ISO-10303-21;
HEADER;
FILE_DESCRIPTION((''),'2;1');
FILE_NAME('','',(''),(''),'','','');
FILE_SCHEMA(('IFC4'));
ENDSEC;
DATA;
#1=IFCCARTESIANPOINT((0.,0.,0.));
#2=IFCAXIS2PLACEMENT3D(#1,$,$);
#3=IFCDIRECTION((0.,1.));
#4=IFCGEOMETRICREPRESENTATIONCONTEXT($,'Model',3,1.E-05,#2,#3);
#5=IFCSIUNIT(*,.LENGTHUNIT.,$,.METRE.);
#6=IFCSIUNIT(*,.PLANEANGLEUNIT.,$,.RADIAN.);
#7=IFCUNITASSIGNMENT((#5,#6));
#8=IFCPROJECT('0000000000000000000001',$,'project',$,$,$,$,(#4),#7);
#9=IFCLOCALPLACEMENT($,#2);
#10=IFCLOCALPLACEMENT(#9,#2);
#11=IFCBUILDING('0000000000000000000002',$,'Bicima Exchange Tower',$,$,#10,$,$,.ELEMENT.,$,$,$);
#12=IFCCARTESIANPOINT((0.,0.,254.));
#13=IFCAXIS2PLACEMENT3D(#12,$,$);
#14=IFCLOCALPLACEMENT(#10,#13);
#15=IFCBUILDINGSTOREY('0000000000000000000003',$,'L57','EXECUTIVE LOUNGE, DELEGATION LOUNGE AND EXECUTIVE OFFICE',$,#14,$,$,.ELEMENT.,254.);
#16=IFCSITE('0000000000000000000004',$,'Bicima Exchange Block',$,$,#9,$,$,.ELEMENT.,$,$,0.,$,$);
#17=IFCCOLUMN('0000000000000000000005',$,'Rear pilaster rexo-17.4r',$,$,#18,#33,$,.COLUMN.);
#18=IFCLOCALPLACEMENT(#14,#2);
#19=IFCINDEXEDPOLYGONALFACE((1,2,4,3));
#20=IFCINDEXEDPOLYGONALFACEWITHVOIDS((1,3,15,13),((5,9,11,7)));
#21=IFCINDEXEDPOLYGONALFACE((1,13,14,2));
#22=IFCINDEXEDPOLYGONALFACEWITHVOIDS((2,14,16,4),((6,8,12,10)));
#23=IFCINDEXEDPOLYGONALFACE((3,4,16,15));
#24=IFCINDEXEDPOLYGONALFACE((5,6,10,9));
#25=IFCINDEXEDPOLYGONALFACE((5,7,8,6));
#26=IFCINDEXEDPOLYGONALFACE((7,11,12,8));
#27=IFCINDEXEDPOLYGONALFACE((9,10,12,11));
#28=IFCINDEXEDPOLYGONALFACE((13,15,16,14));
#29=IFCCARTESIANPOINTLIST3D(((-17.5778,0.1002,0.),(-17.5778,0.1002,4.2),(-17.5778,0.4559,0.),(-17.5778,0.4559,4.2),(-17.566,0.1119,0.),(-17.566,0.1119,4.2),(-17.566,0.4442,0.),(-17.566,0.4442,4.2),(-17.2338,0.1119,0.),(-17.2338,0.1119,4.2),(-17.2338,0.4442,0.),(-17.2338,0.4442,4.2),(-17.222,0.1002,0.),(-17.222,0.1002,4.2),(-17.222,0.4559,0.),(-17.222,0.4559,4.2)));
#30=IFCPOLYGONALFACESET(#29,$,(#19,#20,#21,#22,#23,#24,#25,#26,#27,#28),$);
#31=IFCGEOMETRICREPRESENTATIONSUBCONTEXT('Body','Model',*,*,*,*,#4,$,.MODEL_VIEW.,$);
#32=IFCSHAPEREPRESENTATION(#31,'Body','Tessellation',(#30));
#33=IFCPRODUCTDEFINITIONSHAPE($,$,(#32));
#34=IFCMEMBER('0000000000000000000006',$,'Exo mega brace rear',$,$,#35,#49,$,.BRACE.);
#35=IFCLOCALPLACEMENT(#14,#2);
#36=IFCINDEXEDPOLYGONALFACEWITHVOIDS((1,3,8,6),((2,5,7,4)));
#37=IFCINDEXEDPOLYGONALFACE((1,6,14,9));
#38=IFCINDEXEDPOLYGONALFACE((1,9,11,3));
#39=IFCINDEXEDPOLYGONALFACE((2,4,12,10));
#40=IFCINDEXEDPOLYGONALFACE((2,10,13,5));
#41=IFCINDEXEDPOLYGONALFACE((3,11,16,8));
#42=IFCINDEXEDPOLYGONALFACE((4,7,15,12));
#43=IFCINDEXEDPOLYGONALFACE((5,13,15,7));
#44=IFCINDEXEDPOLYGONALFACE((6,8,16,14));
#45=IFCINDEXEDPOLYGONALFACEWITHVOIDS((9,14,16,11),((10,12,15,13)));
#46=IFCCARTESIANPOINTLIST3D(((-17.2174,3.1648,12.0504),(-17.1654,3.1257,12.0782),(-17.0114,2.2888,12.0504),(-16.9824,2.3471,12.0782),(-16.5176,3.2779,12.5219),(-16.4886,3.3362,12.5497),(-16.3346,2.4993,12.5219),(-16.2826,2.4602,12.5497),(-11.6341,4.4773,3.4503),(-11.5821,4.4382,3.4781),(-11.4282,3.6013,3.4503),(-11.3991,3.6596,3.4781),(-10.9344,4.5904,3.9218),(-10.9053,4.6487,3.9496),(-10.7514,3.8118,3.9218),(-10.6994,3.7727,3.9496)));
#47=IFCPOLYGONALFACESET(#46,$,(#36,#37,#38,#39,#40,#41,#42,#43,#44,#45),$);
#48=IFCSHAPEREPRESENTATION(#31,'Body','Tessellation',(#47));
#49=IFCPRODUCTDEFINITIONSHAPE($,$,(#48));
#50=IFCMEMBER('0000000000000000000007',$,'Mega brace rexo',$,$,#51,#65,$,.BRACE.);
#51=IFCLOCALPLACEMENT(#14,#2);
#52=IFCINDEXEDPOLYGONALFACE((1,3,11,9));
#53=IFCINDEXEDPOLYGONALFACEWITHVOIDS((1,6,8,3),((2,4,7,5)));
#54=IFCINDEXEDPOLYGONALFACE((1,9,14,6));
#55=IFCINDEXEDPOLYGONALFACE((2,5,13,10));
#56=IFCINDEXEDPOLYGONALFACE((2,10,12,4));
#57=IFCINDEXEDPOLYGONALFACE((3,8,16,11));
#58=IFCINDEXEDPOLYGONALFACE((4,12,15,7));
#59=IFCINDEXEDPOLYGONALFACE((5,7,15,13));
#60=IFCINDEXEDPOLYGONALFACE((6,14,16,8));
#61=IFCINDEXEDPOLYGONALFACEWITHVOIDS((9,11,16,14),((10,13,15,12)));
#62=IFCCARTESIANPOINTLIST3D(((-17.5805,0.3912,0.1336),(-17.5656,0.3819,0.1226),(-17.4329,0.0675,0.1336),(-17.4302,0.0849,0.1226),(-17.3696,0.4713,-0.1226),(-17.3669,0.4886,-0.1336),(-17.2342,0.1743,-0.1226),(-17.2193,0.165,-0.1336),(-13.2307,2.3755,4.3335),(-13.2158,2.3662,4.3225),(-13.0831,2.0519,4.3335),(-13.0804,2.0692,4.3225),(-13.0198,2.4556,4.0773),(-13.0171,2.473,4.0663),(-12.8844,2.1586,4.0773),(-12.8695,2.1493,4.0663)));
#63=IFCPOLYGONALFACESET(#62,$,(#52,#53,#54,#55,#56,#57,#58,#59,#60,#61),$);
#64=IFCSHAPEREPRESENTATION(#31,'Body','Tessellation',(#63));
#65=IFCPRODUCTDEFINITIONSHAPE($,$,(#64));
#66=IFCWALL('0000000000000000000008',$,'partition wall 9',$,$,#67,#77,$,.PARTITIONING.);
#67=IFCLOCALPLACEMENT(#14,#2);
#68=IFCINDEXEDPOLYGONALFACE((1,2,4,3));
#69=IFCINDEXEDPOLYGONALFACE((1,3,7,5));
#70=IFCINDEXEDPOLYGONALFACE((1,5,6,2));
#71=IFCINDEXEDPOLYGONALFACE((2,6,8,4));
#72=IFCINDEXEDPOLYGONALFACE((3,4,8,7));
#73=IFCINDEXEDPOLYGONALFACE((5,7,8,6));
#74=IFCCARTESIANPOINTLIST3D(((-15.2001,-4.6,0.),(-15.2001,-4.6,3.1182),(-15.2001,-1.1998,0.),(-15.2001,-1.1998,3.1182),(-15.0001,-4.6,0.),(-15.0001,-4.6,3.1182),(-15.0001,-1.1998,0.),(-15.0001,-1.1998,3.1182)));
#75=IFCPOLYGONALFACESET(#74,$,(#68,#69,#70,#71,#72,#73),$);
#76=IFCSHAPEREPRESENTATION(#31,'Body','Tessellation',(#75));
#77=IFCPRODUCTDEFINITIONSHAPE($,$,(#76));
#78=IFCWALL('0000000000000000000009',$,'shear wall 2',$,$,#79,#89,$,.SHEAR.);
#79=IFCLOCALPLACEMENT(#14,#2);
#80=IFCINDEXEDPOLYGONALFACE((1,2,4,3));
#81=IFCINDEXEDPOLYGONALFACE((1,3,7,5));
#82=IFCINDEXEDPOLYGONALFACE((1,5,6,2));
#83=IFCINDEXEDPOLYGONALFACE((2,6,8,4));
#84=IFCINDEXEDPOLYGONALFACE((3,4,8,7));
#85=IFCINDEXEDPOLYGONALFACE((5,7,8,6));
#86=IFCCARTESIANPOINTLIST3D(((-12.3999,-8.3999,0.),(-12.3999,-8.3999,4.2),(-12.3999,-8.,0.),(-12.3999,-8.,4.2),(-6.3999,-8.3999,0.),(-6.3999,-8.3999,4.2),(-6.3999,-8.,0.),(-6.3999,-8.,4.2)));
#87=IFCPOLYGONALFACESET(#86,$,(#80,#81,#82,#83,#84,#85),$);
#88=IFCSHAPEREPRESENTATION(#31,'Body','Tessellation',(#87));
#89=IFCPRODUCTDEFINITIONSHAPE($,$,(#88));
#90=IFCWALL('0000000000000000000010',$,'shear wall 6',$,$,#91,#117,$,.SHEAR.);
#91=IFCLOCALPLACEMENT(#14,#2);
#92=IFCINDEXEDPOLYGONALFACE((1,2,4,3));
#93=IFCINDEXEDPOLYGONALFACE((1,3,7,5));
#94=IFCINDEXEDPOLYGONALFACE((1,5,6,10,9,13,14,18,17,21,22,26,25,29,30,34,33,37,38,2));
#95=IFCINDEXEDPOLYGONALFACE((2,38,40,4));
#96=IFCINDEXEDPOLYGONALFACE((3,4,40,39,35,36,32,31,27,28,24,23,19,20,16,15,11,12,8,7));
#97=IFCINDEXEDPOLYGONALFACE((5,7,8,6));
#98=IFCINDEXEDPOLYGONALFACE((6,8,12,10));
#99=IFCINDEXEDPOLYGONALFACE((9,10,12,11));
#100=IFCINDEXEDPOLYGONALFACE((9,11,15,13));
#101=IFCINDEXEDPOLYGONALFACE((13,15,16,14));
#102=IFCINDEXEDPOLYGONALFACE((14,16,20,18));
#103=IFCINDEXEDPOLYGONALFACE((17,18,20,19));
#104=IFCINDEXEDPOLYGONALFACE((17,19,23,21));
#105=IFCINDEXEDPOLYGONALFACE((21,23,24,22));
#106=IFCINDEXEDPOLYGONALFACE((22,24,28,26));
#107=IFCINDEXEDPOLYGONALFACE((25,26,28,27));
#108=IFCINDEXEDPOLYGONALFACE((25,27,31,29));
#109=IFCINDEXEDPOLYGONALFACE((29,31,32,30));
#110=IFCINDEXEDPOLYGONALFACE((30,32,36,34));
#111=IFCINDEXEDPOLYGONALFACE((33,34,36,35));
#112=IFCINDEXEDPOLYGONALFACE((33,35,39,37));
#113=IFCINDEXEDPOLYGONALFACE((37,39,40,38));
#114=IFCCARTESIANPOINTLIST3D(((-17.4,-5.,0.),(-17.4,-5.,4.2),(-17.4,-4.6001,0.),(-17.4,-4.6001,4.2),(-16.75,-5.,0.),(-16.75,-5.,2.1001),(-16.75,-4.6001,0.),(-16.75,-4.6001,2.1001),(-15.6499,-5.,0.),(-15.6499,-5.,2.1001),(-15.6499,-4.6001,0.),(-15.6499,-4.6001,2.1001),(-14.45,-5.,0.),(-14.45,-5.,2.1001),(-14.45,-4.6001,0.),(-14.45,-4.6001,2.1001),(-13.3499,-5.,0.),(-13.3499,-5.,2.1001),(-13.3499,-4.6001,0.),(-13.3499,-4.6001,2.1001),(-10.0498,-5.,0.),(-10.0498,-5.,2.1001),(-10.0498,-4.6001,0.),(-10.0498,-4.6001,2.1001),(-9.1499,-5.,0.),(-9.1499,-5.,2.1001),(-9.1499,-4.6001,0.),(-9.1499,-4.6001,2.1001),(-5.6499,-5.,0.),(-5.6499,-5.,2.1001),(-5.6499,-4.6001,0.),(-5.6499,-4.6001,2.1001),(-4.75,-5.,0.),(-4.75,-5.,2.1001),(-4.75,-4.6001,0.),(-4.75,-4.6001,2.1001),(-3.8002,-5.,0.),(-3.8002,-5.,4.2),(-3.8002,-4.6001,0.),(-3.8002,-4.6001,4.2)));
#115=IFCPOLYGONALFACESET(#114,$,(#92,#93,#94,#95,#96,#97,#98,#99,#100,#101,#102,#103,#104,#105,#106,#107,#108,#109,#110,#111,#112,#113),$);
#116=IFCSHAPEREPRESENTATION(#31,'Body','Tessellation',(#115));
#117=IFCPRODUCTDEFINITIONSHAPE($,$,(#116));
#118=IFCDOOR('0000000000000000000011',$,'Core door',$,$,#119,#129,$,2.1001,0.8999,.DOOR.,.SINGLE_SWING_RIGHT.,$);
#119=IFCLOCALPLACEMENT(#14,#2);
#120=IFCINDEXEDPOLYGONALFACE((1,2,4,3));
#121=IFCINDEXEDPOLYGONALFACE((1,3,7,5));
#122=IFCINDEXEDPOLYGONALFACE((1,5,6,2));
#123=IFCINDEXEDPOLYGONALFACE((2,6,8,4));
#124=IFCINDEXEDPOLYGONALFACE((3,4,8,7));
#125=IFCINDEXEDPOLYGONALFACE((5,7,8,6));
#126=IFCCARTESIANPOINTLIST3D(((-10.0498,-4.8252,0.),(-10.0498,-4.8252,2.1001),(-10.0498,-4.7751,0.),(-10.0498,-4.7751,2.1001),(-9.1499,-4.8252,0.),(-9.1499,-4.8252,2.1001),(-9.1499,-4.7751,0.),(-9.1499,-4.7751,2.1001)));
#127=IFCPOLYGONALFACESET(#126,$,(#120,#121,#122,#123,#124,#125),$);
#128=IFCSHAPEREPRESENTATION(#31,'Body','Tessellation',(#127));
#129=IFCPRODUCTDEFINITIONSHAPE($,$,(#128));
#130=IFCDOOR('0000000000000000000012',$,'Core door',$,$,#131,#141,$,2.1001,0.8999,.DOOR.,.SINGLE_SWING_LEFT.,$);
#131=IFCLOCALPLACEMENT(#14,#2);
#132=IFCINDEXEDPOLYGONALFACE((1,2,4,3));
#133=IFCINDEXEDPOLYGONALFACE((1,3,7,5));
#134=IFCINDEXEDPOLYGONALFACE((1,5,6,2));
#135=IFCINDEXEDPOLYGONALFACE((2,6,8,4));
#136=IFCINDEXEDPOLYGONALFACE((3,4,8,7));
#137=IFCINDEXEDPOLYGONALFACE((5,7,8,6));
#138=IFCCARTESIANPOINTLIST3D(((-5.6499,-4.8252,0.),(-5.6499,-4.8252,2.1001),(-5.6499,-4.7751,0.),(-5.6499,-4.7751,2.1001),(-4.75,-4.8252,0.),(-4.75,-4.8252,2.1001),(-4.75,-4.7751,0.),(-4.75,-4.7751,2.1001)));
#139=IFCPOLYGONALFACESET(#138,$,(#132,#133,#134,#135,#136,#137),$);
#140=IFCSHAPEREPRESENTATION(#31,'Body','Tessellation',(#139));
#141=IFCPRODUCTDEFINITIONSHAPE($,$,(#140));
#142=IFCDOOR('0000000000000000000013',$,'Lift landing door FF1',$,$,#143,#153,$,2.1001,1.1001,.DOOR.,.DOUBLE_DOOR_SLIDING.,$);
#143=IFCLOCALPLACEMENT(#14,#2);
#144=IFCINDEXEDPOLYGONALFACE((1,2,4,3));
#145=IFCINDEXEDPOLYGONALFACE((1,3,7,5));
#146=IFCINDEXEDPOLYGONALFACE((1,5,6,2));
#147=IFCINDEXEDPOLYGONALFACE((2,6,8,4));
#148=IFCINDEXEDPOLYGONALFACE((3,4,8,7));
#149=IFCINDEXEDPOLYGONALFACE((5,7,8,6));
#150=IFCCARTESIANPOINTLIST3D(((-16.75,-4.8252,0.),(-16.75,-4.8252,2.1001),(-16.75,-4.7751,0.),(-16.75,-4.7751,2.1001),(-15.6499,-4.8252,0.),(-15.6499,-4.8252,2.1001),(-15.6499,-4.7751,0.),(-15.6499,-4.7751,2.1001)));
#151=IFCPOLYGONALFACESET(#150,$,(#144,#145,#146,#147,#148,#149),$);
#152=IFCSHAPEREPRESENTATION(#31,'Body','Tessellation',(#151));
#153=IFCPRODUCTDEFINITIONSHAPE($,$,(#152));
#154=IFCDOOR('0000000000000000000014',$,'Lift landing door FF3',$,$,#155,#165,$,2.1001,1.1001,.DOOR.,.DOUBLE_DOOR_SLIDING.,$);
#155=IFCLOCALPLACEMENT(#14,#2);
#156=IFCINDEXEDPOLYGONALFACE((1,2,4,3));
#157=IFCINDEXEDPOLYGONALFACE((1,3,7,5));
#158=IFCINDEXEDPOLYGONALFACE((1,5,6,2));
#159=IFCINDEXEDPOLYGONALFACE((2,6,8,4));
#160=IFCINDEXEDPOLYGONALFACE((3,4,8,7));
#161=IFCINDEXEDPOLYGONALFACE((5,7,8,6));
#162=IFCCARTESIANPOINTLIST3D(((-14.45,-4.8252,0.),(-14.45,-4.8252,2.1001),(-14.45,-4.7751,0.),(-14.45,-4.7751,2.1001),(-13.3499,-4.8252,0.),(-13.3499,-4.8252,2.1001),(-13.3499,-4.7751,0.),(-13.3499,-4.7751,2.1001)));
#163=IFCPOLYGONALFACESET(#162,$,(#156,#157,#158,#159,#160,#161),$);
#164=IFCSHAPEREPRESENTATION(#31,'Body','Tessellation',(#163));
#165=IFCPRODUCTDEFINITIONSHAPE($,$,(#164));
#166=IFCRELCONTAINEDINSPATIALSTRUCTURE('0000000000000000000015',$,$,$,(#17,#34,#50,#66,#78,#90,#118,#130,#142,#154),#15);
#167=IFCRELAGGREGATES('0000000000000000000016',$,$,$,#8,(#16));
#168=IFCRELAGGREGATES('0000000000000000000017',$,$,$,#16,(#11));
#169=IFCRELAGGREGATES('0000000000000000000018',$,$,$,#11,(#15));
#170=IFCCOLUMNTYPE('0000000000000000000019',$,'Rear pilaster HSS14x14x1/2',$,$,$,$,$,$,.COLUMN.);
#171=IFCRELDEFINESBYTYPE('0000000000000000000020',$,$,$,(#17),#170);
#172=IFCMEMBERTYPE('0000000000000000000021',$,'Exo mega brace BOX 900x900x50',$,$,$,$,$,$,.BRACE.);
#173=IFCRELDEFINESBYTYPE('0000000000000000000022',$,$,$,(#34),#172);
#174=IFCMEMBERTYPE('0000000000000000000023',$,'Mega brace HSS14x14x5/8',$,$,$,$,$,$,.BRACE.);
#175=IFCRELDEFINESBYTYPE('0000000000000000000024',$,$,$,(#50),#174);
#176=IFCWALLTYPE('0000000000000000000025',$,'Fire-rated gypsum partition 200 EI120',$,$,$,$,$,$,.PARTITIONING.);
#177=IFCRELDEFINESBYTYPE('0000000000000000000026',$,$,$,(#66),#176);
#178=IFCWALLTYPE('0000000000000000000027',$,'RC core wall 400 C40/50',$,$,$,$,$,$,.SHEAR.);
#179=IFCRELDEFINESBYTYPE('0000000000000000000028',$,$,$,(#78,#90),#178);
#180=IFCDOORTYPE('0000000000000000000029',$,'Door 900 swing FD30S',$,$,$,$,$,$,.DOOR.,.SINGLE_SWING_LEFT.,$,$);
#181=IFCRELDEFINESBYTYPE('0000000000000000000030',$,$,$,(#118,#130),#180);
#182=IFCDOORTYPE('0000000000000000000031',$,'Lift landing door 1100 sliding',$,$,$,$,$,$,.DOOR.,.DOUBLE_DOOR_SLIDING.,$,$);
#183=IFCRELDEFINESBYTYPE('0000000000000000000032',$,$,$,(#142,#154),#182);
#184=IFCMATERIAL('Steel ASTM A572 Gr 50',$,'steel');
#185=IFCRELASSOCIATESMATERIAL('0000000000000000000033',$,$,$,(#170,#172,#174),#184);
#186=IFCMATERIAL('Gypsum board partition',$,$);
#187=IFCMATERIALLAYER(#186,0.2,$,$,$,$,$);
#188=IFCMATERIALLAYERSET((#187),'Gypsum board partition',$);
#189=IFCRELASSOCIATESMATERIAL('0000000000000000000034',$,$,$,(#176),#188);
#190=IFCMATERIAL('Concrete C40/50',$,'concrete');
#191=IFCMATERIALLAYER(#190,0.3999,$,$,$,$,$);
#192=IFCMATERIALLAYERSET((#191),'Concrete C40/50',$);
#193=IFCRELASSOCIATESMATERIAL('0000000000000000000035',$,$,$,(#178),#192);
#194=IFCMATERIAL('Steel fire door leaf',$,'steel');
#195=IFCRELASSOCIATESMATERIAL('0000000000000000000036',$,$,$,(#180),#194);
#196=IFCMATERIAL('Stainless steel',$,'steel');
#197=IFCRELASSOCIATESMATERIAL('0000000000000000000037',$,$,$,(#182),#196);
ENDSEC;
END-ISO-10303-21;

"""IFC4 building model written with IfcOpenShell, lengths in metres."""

from ifc_helpers import new_model, si_unit, direction, frame, frame_2d, origin, origin_2d, place, context, subcontext, project, spatial, rectangle, hollow_rectangle, extrude, material, layer, layer_set, material_profile, profile_set, type_object, element, fill, save


model = new_model("IFC4")

# Units and contexts
model_context = context("Model", 3, precision=1e-05, world=origin(), true_north=direction((0.0, 1.0)))
body_context = subcontext(model_context, "Body", "Model", "MODEL_VIEW")
ifc_project = project(units=[si_unit("LENGTHUNIT", "METRE"), si_unit("PLANEANGLEUNIT", "RADIAN")], contexts=[model_context])

# Site, building, storey
site_placement = place(None, origin())
site = spatial("IfcSite", under=ifc_project, at=site_placement, Name="Bicima Exchange Block", CompositionType="ELEMENT", RefElevation=0.0)
building_placement = place(site_placement, origin())
building = spatial("IfcBuilding", under=site, at=building_placement, Name="Bicima Exchange Tower", CompositionType="ELEMENT")
storey_placement = place(building_placement, frame((0.0, 0.0, 254.0)))
storey = spatial("IfcBuildingStorey", under=building, at=storey_placement, Name="L57", Description="EXECUTIVE LOUNGE, DELEGATION LOUNGE AND EXECUTIVE OFFICE", CompositionType="ELEMENT", Elevation=254.0)

# Column
ifc_material_1 = material(Name="Steel ASTM A572 Gr 50", Category="steel")
ifc_material_profile_1 = material_profile(ifc_material_1, hollow_rectangle(XDim=0.3557, YDim=0.3557, WallThickness=0.0117, at=origin_2d()))
ifc_profile_set_1 = profile_set([ifc_material_profile_1], Name="Steel ASTM A572 Gr 50")
column_type = type_object("IfcColumnType", Name="Rear pilaster HSS14x14x1/2", PredefinedType="COLUMN", material=ifc_profile_set_1)
column_placement = place(storey_placement, frame((-17.3999, 0.2781, 0.0), z_axis=(0.0, 0.0, 1.0), x_axis=(1.0, 0.0, 0.0)))
element("IfcColumn", 1, at=column_placement, inside=storey, type_object=column_type, Name="Rear pilaster rexo-17.4r", PredefinedType="COLUMN", context=body_context, shape_type="SweptSolid", body=[
    extrude(hollow_rectangle(XDim=0.3557, YDim=0.3557, WallThickness=0.0117, at=origin_2d()), origin(), (0.0, 0.0, 1.0), 4.2),
])

# Members
ifc_material_profile_2 = material_profile(ifc_material_1, hollow_rectangle(XDim=0.8999, YDim=0.8999, WallThickness=0.05, at=origin_2d()))
ifc_profile_set_2 = profile_set([ifc_material_profile_2], Name="Steel ASTM A572 Gr 50")
member_type_1 = type_object("IfcMemberType", Name="Exo mega brace BOX 900x900x50", PredefinedType="BRACE", material=ifc_profile_set_2)
member_1_placement = place(storey_placement, frame((-11.1667, 4.125, 3.7), z_axis=(-0.540114, -0.126969, 0.831959), x_axis=(0.22884, -0.973464, 0.0)))
element("IfcMember", 2, at=member_1_placement, inside=storey, type_object=member_type_1, Name="Exo mega brace rear", PredefinedType="BRACE", context=body_context, shape_type="SweptSolid", body=[
    extrude(hollow_rectangle(XDim=0.8999, YDim=0.8999, WallThickness=0.05, at=origin_2d()), origin(), (0.0, 0.0, 1.0), 10.3372),
])
ifc_material_profile_3 = material_profile(ifc_material_1, hollow_rectangle(XDim=0.3557, YDim=0.3557, WallThickness=0.0146, at=origin_2d()))
ifc_profile_set_3 = profile_set([ifc_material_profile_3], Name="Steel ASTM A572 Gr 50")
member_type_2 = type_object("IfcMemberType", Name="Mega brace HSS14x14x5/8", PredefinedType="BRACE", material=ifc_profile_set_3)
member_2_placement = place(storey_placement, frame((-17.3999, 0.2781, 0.0), z_axis=(0.683526, 0.31182, 0.65997), x_axis=(-0.415045, 0.909801, 0.0)))
element("IfcMember", 3, at=member_2_placement, inside=storey, type_object=member_type_2, Name="Mega brace rexo", PredefinedType="BRACE", context=body_context, shape_type="SweptSolid", body=[
    extrude(hollow_rectangle(XDim=0.3557, YDim=0.3557, WallThickness=0.0146, at=origin_2d()), origin(), (0.0, 0.0, 1.0), 6.3638),
])

# Walls
ifc_material_2 = material(Name="Gypsum board partition")
ifc_layer_1 = layer(ifc_material_2, 0.2)
ifc_layer_set_1 = layer_set([ifc_layer_1], Name="Gypsum board partition")
wall_type_1 = type_object("IfcWallType", Name="Fire-rated gypsum partition 200 EI120", PredefinedType="PARTITIONING", material=ifc_layer_set_1)
wall_1_placement = place(storey_placement, frame((-15.1001, -4.6001, 0.0), z_axis=(0.0, 0.0, 1.0), x_axis=(0.0, 1.0, 0.0)))
element("IfcWall", 4, at=wall_1_placement, inside=storey, type_object=wall_type_1, Name="partition wall 9", PredefinedType="PARTITIONING", context=body_context, shape_type="SweptSolid", body=[
    extrude(rectangle(XDim=3.4001, YDim=0.2, at=frame_2d((1.7002, 0.0))), origin(), (0.0, 0.0, 1.0), 3.1182),
])
ifc_material_3 = material(Name="Concrete C40/50", Category="concrete")
ifc_layer_2 = layer(ifc_material_3, 0.3999)
ifc_layer_set_2 = layer_set([ifc_layer_2], Name="Concrete C40/50")
wall_type_2 = type_object("IfcWallType", Name="RC core wall 400 C40/50", PredefinedType="SHEAR", material=ifc_layer_set_2)
wall_2_placement = place(storey_placement, frame((-12.3999, -8.2, 0.0), z_axis=(0.0, 0.0, 1.0), x_axis=(1.0, 0.0, 0.0)))
element("IfcWall", 5, at=wall_2_placement, inside=storey, type_object=wall_type_2, Name="shear wall 2", PredefinedType="SHEAR", context=body_context, shape_type="SweptSolid", body=[
    extrude(rectangle(XDim=6.0, YDim=0.3999, at=frame_2d((3.0, 0.0))), origin(), (0.0, 0.0, 1.0), 4.2),
])

# Wall, openings, doors
wall_3_placement = place(storey_placement, frame((-17.3999, -4.8, 0.0), z_axis=(0.0, 0.0, 1.0), x_axis=(1.0, 0.0, 0.0)))
wall_3 = element("IfcWall", 6, at=wall_3_placement, inside=storey, type_object=wall_type_2, Name="shear wall 6", PredefinedType="SHEAR", context=body_context, shape_type="SweptSolid", body=[
    extrude(rectangle(XDim=13.5999, YDim=0.3999, at=frame_2d((6.7998, 0.0))), origin(), (0.0, 0.0, 1.0), 4.2),
])
opening_1_placement = place(wall_3_placement, frame((0.6499, 0.0, 0.0)))
opening_1 = element("IfcOpeningElement", 7, at=opening_1_placement, cuts=wall_3, PredefinedType="OPENING", context=body_context, shape_type="SweptSolid", body=[
    extrude(rectangle(XDim=1.1001, YDim=2.1001, at=frame_2d((0.55, 1.05))), frame((0.0, 0.2119, 0.0), z_axis=(0.0, -1.0, 0.0), x_axis=(1.0, 0.0, 0.0)), (0.0, 0.0, 1.0), 0.4238),
])
opening_2_placement = place(wall_3_placement, frame((2.95, 0.0, 0.0)))
opening_2 = element("IfcOpeningElement", 8, at=opening_2_placement, cuts=wall_3, PredefinedType="OPENING", context=body_context, shape_type="SweptSolid", body=[
    extrude(rectangle(XDim=1.1001, YDim=2.1001, at=frame_2d((0.55, 1.05))), frame((0.0, 0.2119, 0.0), z_axis=(0.0, -1.0, 0.0), x_axis=(1.0, 0.0, 0.0)), (0.0, 0.0, 1.0), 0.4238),
])
opening_3_placement = place(wall_3_placement, frame((7.3501, 0.0, 0.0)))
opening_3 = element("IfcOpeningElement", 9, at=opening_3_placement, cuts=wall_3, PredefinedType="OPENING", context=body_context, shape_type="SweptSolid", body=[
    extrude(rectangle(XDim=0.8999, YDim=2.1001, at=frame_2d((0.45, 1.05))), frame((0.0, 0.2119, 0.0), z_axis=(0.0, -1.0, 0.0), x_axis=(1.0, 0.0, 0.0)), (0.0, 0.0, 1.0), 0.4238),
])
opening_4_placement = place(wall_3_placement, frame((11.75, 0.0, 0.0)))
opening_4 = element("IfcOpeningElement", 10, at=opening_4_placement, cuts=wall_3, PredefinedType="OPENING", context=body_context, shape_type="SweptSolid", body=[
    extrude(rectangle(XDim=0.8999, YDim=2.1001, at=frame_2d((0.45, 1.05))), frame((0.0, 0.2119, 0.0), z_axis=(0.0, -1.0, 0.0), x_axis=(1.0, 0.0, 0.0)), (0.0, 0.0, 1.0), 0.4238),
])
ifc_material_4 = material(Name="Steel fire door leaf", Category="steel")
door_type_1 = type_object("IfcDoorType", Name="Door 900 swing FD30S", OperationType="SINGLE_SWING_LEFT", PredefinedType="DOOR", material=ifc_material_4)
door_1_placement = place(opening_3_placement, origin())
door_1 = element("IfcDoor", 11, at=door_1_placement, inside=storey, type_object=door_type_1, Name="Core door", OperationType="SINGLE_SWING_RIGHT", OverallHeight=2.1001, OverallWidth=0.8999, PredefinedType="DOOR", context=body_context, shape_type="SweptSolid", body=[
    extrude(rectangle(XDim=0.8999, YDim=2.1001, at=frame_2d((0.45, 1.05))), frame((0.0, 0.0249, 0.0), z_axis=(0.0, -1.0, 0.0), x_axis=(1.0, 0.0, 0.0)), (0.0, 0.0, 1.0), 0.05),
])
fill(opening_3, door_1)
door_2_placement = place(opening_4_placement, origin())
door_2 = element("IfcDoor", 12, at=door_2_placement, inside=storey, type_object=door_type_1, Name="Core door", OperationType="SINGLE_SWING_LEFT", OverallHeight=2.1001, OverallWidth=0.8999, PredefinedType="DOOR", context=body_context, shape_type="SweptSolid", body=[
    extrude(rectangle(XDim=0.8999, YDim=2.1001, at=frame_2d((0.45, 1.05))), frame((0.0, 0.0249, 0.0), z_axis=(0.0, -1.0, 0.0), x_axis=(1.0, 0.0, 0.0)), (0.0, 0.0, 1.0), 0.05),
])
fill(opening_4, door_2)
ifc_material_5 = material(Name="Stainless steel", Category="steel")
door_type_2 = type_object("IfcDoorType", Name="Lift landing door 1100 sliding", OperationType="DOUBLE_DOOR_SLIDING", PredefinedType="DOOR", material=ifc_material_5)
door_3_placement = place(opening_1_placement, origin())
door_3 = element("IfcDoor", 13, at=door_3_placement, inside=storey, type_object=door_type_2, Name="Lift landing door FF1", OperationType="DOUBLE_DOOR_SLIDING", OverallHeight=2.1001, OverallWidth=1.1001, PredefinedType="DOOR", context=body_context, shape_type="SweptSolid", body=[
    extrude(rectangle(XDim=1.1001, YDim=2.1001, at=frame_2d((0.55, 1.05))), frame((0.0, 0.0249, 0.0), z_axis=(0.0, -1.0, 0.0), x_axis=(1.0, 0.0, 0.0)), (0.0, 0.0, 1.0), 0.05),
])
fill(opening_1, door_3)
door_4_placement = place(opening_2_placement, origin())
door_4 = element("IfcDoor", 14, at=door_4_placement, inside=storey, type_object=door_type_2, Name="Lift landing door FF3", OperationType="DOUBLE_DOOR_SLIDING", OverallHeight=2.1001, OverallWidth=1.1001, PredefinedType="DOOR", context=body_context, shape_type="SweptSolid", body=[
    extrude(rectangle(XDim=1.1001, YDim=2.1001, at=frame_2d((0.55, 1.05))), frame((0.0, 0.0249, 0.0), z_axis=(0.0, -1.0, 0.0), x_axis=(1.0, 0.0, 0.0)), (0.0, 0.0, 1.0), 0.05),
])
fill(opening_2, door_4)

save(model, "model.ifc")
